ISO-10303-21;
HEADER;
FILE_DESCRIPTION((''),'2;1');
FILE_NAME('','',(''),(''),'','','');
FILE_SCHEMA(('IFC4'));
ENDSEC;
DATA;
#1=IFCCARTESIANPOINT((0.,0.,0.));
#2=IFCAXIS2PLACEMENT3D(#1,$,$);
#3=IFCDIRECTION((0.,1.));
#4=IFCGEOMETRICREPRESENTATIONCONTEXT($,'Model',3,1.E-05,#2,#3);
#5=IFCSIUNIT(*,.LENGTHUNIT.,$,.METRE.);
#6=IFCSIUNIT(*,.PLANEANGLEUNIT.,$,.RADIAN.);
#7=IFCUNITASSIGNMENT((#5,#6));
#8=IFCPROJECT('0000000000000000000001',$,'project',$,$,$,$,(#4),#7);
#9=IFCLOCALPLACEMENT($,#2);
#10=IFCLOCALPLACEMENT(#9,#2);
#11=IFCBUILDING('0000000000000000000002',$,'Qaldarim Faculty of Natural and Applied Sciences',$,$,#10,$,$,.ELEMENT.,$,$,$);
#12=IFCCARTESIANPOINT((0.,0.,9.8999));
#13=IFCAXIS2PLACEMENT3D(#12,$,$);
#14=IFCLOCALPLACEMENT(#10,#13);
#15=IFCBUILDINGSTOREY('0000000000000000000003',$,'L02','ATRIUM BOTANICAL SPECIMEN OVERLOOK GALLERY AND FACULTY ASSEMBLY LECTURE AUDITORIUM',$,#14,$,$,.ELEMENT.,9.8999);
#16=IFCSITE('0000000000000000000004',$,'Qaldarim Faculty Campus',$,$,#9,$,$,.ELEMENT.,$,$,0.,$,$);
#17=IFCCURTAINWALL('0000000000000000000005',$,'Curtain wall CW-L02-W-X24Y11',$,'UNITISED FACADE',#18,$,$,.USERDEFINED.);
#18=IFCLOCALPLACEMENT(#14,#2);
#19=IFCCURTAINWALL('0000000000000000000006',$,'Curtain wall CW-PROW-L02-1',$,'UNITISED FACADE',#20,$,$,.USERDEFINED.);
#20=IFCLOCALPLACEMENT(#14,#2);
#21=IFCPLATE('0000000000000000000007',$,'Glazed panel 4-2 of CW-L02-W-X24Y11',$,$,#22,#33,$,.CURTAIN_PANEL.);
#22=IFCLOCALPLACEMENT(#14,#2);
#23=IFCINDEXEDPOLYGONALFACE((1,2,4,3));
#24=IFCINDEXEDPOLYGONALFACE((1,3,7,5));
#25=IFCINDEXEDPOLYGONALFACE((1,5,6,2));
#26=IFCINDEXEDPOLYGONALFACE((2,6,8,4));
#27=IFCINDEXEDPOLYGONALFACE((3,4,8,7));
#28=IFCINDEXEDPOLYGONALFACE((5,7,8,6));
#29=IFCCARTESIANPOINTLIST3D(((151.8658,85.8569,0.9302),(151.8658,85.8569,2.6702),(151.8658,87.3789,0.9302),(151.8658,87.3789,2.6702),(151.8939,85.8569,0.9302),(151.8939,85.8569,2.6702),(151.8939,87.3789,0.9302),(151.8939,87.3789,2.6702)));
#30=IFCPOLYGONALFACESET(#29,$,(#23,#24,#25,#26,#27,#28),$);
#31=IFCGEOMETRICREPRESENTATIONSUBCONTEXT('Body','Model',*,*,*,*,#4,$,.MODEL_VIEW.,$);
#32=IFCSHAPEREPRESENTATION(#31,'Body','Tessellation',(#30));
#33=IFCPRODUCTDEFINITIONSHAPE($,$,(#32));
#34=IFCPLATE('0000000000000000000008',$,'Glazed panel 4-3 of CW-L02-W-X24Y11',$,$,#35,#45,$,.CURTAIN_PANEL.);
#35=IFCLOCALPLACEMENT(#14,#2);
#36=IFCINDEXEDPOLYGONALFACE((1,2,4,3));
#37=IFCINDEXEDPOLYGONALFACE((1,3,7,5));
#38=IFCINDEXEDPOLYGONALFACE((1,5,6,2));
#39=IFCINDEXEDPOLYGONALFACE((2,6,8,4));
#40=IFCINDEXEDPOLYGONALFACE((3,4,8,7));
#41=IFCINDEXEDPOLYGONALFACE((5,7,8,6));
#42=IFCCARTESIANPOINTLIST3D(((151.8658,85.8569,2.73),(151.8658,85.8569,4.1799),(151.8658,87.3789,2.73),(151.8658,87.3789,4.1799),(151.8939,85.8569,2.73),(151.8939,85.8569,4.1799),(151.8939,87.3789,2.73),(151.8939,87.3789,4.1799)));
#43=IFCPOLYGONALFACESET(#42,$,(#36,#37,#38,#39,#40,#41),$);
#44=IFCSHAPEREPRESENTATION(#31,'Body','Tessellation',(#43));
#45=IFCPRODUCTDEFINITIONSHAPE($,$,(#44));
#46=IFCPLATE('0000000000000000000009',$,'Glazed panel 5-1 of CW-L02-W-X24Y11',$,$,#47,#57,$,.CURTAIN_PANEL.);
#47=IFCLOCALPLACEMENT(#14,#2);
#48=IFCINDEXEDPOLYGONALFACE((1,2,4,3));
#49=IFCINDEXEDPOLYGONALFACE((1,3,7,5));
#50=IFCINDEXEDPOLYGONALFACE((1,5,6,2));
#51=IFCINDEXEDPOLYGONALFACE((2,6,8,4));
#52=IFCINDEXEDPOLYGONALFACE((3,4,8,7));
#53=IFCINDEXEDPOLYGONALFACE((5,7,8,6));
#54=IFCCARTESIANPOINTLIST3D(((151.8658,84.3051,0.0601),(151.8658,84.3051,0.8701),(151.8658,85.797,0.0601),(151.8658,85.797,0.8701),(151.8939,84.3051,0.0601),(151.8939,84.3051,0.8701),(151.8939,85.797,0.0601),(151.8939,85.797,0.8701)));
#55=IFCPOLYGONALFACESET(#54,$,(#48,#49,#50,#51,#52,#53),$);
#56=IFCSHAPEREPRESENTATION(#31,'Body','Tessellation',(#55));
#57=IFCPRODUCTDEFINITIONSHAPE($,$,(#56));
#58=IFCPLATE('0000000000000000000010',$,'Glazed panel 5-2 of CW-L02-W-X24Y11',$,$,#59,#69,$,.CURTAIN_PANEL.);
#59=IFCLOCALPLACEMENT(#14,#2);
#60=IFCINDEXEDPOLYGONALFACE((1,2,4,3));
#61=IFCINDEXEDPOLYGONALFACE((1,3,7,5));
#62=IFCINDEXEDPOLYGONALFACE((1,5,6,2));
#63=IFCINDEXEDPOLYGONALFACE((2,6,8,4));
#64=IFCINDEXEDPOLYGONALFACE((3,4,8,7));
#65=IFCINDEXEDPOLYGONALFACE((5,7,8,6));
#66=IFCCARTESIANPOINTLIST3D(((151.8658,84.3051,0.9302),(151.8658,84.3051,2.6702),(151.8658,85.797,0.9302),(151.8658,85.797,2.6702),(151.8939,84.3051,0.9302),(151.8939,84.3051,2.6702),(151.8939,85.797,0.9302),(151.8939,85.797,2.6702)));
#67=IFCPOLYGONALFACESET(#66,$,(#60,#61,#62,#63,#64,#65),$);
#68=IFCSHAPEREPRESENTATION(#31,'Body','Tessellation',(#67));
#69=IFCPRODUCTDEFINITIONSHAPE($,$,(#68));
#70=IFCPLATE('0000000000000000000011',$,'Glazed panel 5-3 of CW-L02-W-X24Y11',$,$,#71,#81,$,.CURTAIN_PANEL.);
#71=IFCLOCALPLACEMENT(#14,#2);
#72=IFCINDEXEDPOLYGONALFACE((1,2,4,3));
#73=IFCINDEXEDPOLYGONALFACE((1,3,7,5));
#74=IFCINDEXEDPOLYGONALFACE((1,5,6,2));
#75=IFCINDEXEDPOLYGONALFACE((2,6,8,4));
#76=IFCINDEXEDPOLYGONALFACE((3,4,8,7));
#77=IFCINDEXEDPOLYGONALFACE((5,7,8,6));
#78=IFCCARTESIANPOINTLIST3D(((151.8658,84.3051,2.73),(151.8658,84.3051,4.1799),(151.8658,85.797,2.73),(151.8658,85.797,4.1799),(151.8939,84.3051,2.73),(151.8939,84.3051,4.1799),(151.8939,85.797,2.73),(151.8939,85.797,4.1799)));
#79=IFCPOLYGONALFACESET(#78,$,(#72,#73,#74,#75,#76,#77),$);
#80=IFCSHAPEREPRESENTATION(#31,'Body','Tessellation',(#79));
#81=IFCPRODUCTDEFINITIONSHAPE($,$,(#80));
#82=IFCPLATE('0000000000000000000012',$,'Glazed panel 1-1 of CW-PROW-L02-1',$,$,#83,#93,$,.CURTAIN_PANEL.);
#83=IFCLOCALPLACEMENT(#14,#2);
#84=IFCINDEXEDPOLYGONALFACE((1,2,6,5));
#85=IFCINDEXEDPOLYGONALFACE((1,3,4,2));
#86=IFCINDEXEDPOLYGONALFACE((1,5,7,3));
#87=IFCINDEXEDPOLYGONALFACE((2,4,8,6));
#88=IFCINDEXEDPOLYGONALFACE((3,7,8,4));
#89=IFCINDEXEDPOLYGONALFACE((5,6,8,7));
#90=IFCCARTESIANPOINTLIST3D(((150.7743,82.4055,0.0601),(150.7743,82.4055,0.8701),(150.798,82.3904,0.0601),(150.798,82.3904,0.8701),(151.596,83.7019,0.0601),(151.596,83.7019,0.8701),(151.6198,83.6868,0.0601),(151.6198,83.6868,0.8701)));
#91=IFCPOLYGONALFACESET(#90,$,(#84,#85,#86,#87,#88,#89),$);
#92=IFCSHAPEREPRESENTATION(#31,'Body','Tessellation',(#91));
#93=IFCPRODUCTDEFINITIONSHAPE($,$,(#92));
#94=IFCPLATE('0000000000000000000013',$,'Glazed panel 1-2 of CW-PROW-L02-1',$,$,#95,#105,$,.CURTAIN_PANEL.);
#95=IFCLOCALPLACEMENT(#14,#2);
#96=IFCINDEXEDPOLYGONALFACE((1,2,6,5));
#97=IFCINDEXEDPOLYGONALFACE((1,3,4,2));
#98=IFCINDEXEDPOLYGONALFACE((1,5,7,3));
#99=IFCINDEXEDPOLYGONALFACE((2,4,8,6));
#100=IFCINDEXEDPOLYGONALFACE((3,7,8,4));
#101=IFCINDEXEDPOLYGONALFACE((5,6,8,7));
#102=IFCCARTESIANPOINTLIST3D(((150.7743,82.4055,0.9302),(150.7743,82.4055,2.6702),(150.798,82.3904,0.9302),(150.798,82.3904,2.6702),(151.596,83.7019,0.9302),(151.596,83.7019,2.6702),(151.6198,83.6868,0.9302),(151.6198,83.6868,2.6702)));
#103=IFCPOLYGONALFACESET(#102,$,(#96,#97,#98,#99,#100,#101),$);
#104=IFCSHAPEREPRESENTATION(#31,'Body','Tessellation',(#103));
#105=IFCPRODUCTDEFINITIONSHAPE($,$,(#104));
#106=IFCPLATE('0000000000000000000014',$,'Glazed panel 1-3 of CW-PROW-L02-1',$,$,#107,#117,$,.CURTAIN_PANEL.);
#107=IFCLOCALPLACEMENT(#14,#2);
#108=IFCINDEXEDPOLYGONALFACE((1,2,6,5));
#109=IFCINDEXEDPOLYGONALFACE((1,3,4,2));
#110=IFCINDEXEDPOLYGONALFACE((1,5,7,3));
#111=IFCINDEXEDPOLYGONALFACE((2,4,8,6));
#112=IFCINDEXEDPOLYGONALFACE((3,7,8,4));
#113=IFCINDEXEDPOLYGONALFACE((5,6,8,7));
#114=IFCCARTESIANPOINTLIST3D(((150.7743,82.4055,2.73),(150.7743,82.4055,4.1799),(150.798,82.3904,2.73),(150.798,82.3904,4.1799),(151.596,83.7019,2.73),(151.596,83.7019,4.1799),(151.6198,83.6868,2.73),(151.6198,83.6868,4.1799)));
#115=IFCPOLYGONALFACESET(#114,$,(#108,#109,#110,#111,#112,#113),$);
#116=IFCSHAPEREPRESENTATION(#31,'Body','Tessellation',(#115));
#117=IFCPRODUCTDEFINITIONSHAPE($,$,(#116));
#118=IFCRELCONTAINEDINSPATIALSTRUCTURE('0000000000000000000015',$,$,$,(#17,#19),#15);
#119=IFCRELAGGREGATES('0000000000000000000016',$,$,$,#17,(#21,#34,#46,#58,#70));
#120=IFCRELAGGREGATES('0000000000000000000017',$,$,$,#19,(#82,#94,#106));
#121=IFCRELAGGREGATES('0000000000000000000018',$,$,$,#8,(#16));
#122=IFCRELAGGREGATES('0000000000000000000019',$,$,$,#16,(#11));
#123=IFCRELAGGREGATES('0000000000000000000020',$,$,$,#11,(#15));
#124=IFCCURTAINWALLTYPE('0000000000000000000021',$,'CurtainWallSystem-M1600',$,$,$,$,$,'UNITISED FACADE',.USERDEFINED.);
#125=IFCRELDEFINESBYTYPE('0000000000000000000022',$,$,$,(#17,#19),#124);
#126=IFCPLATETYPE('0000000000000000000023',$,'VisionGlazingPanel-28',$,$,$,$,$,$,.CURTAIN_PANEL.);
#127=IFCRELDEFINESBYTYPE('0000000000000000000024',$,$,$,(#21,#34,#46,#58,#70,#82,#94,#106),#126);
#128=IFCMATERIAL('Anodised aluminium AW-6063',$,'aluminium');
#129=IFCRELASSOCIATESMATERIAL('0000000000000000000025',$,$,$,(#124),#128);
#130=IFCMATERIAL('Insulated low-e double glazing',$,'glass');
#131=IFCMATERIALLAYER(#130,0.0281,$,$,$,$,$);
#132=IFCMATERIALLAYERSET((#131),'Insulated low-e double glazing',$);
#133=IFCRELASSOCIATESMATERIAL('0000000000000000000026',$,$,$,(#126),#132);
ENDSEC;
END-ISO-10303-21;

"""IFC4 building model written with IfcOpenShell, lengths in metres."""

from ifc_helpers import new_model, si_unit, direction, frame, origin, origin_2d, place, context, subcontext, project, spatial, rectangle, extrude, material, layer, layer_set, type_object, element, aggregate, save


model = new_model("IFC4")

# Units and contexts
model_context = context("Model", 3, precision=1e-05, world=origin(), true_north=direction((0.0, 1.0)))
body_context = subcontext(model_context, "Body", "Model", "MODEL_VIEW")
ifc_project = project(units=[si_unit("LENGTHUNIT", "METRE"), si_unit("PLANEANGLEUNIT", "RADIAN")], contexts=[model_context])

# Site, building, storey
site_placement = place(None, origin())
site = spatial("IfcSite", under=ifc_project, at=site_placement, Name="Qaldarim Faculty Campus", CompositionType="ELEMENT", RefElevation=0.0)
building_placement = place(site_placement, origin())
building = spatial("IfcBuilding", under=site, at=building_placement, Name="Qaldarim Faculty of Natural and Applied Sciences", CompositionType="ELEMENT")
storey_placement = place(building_placement, frame((0.0, 0.0, 9.8999)))
storey = spatial("IfcBuildingStorey", under=building, at=storey_placement, Name="L02", Description="ATRIUM BOTANICAL SPECIMEN OVERLOOK GALLERY AND FACULTY ASSEMBLY LECTURE AUDITORIUM", CompositionType="ELEMENT", Elevation=9.8999)

# Curtain wall
ifc_material_1 = material(Name="Anodised aluminium AW-6063", Category="aluminium")
curtain_wall_type = type_object("IfcCurtainWallType", Name="CurtainWallSystem-M1600", ElementType="UNITISED FACADE", PredefinedType="USERDEFINED", material=ifc_material_1)
curtain_wall_1_placement = place(storey_placement, origin())
curtain_wall_1 = element("IfcCurtainWall", 1, at=curtain_wall_1_placement, inside=storey, type_object=curtain_wall_type, Name="Curtain wall CW-L02-W-X24Y11", ObjectType="UNITISED FACADE", PredefinedType="USERDEFINED")

# Curtain wall
curtain_wall_2_placement = place(storey_placement, origin())
curtain_wall_2 = element("IfcCurtainWall", 2, at=curtain_wall_2_placement, inside=storey, type_object=curtain_wall_type, Name="Curtain wall CW-PROW-L02-1", ObjectType="UNITISED FACADE", PredefinedType="USERDEFINED")

# Plates
ifc_material_2 = material(Name="Insulated low-e double glazing", Category="glass")
ifc_layer = layer(ifc_material_2, 0.0281)
ifc_layer_set = layer_set([ifc_layer], Name="Insulated low-e double glazing")
plate_type = type_object("IfcPlateType", Name="VisionGlazingPanel-28", PredefinedType="CURTAIN_PANEL", material=ifc_layer_set)
plate_1_placement = place(storey_placement, frame((151.8799, 86.6179, 0.9302), z_axis=(0.0, 0.0, 1.0), x_axis=(0.0, -1.0, 0.0)))
plate_1 = element("IfcPlate", 3, at=plate_1_placement, type_object=plate_type, Name="Glazed panel 4-2 of CW-L02-W-X24Y11", PredefinedType="CURTAIN_PANEL", context=body_context, shape_type="SweptSolid", body=[
    extrude(rectangle(XDim=1.522, YDim=0.0281, at=origin_2d()), origin(), (0.0, 0.0, 1.0), 1.74),
])
plate_2_placement = place(storey_placement, frame((151.8799, 86.6179, 2.73), z_axis=(0.0, 0.0, 1.0), x_axis=(0.0, -1.0, 0.0)))
plate_2 = element("IfcPlate", 4, at=plate_2_placement, type_object=plate_type, Name="Glazed panel 4-3 of CW-L02-W-X24Y11", PredefinedType="CURTAIN_PANEL", context=body_context, shape_type="SweptSolid", body=[
    extrude(rectangle(XDim=1.522, YDim=0.0281, at=origin_2d()), origin(), (0.0, 0.0, 1.0), 1.45),
])
plate_3_placement = place(storey_placement, frame((151.8799, 85.051, 0.0601), z_axis=(0.0, 0.0, 1.0), x_axis=(0.0, -1.0, 0.0)))
plate_3 = element("IfcPlate", 5, at=plate_3_placement, type_object=plate_type, Name="Glazed panel 5-1 of CW-L02-W-X24Y11", PredefinedType="CURTAIN_PANEL", context=body_context, shape_type="SweptSolid", body=[
    extrude(rectangle(XDim=1.4919, YDim=0.0281, at=origin_2d()), origin(), (0.0, 0.0, 1.0), 0.8101),
])
plate_4_placement = place(storey_placement, frame((151.8799, 85.051, 0.9302), z_axis=(0.0, 0.0, 1.0), x_axis=(0.0, -1.0, 0.0)))
plate_4 = element("IfcPlate", 6, at=plate_4_placement, type_object=plate_type, Name="Glazed panel 5-2 of CW-L02-W-X24Y11", PredefinedType="CURTAIN_PANEL", context=body_context, shape_type="SweptSolid", body=[
    extrude(rectangle(XDim=1.4919, YDim=0.0281, at=origin_2d()), origin(), (0.0, 0.0, 1.0), 1.74),
])
plate_5_placement = place(storey_placement, frame((151.8799, 85.051, 2.73), z_axis=(0.0, 0.0, 1.0), x_axis=(0.0, -1.0, 0.0)))
plate_5 = element("IfcPlate", 7, at=plate_5_placement, type_object=plate_type, Name="Glazed panel 5-3 of CW-L02-W-X24Y11", PredefinedType="CURTAIN_PANEL", context=body_context, shape_type="SweptSolid", body=[
    extrude(rectangle(XDim=1.4919, YDim=0.0281, at=origin_2d()), origin(), (0.0, 0.0, 1.0), 1.45),
])
aggregate(curtain_wall_1, [plate_1, plate_2, plate_3, plate_4, plate_5])
plate_6_placement = place(storey_placement, frame((151.197, 83.0461, 0.0601), z_axis=(0.0, 0.0, 1.0), x_axis=(-0.535385, -0.844608, 0.0)))
plate_6 = element("IfcPlate", 8, at=plate_6_placement, type_object=plate_type, Name="Glazed panel 1-1 of CW-PROW-L02-1", PredefinedType="CURTAIN_PANEL", context=body_context, shape_type="SweptSolid", body=[
    extrude(rectangle(XDim=1.5349, YDim=0.0281, at=origin_2d()), origin(), (0.0, 0.0, 1.0), 0.8101),
])
plate_7_placement = place(storey_placement, frame((151.197, 83.0461, 0.9302), z_axis=(0.0, 0.0, 1.0), x_axis=(-0.535385, -0.844608, 0.0)))
plate_7 = element("IfcPlate", 9, at=plate_7_placement, type_object=plate_type, Name="Glazed panel 1-2 of CW-PROW-L02-1", PredefinedType="CURTAIN_PANEL", context=body_context, shape_type="SweptSolid", body=[
    extrude(rectangle(XDim=1.5349, YDim=0.0281, at=origin_2d()), origin(), (0.0, 0.0, 1.0), 1.74),
])
plate_8_placement = place(storey_placement, frame((151.197, 83.0461, 2.73), z_axis=(0.0, 0.0, 1.0), x_axis=(-0.535385, -0.844608, 0.0)))
plate_8 = element("IfcPlate", 10, at=plate_8_placement, type_object=plate_type, Name="Glazed panel 1-3 of CW-PROW-L02-1", PredefinedType="CURTAIN_PANEL", context=body_context, shape_type="SweptSolid", body=[
    extrude(rectangle(XDim=1.5349, YDim=0.0281, at=origin_2d()), origin(), (0.0, 0.0, 1.0), 1.45),
])
aggregate(curtain_wall_2, [plate_6, plate_7, plate_8])

save(model, "model.ifc")
